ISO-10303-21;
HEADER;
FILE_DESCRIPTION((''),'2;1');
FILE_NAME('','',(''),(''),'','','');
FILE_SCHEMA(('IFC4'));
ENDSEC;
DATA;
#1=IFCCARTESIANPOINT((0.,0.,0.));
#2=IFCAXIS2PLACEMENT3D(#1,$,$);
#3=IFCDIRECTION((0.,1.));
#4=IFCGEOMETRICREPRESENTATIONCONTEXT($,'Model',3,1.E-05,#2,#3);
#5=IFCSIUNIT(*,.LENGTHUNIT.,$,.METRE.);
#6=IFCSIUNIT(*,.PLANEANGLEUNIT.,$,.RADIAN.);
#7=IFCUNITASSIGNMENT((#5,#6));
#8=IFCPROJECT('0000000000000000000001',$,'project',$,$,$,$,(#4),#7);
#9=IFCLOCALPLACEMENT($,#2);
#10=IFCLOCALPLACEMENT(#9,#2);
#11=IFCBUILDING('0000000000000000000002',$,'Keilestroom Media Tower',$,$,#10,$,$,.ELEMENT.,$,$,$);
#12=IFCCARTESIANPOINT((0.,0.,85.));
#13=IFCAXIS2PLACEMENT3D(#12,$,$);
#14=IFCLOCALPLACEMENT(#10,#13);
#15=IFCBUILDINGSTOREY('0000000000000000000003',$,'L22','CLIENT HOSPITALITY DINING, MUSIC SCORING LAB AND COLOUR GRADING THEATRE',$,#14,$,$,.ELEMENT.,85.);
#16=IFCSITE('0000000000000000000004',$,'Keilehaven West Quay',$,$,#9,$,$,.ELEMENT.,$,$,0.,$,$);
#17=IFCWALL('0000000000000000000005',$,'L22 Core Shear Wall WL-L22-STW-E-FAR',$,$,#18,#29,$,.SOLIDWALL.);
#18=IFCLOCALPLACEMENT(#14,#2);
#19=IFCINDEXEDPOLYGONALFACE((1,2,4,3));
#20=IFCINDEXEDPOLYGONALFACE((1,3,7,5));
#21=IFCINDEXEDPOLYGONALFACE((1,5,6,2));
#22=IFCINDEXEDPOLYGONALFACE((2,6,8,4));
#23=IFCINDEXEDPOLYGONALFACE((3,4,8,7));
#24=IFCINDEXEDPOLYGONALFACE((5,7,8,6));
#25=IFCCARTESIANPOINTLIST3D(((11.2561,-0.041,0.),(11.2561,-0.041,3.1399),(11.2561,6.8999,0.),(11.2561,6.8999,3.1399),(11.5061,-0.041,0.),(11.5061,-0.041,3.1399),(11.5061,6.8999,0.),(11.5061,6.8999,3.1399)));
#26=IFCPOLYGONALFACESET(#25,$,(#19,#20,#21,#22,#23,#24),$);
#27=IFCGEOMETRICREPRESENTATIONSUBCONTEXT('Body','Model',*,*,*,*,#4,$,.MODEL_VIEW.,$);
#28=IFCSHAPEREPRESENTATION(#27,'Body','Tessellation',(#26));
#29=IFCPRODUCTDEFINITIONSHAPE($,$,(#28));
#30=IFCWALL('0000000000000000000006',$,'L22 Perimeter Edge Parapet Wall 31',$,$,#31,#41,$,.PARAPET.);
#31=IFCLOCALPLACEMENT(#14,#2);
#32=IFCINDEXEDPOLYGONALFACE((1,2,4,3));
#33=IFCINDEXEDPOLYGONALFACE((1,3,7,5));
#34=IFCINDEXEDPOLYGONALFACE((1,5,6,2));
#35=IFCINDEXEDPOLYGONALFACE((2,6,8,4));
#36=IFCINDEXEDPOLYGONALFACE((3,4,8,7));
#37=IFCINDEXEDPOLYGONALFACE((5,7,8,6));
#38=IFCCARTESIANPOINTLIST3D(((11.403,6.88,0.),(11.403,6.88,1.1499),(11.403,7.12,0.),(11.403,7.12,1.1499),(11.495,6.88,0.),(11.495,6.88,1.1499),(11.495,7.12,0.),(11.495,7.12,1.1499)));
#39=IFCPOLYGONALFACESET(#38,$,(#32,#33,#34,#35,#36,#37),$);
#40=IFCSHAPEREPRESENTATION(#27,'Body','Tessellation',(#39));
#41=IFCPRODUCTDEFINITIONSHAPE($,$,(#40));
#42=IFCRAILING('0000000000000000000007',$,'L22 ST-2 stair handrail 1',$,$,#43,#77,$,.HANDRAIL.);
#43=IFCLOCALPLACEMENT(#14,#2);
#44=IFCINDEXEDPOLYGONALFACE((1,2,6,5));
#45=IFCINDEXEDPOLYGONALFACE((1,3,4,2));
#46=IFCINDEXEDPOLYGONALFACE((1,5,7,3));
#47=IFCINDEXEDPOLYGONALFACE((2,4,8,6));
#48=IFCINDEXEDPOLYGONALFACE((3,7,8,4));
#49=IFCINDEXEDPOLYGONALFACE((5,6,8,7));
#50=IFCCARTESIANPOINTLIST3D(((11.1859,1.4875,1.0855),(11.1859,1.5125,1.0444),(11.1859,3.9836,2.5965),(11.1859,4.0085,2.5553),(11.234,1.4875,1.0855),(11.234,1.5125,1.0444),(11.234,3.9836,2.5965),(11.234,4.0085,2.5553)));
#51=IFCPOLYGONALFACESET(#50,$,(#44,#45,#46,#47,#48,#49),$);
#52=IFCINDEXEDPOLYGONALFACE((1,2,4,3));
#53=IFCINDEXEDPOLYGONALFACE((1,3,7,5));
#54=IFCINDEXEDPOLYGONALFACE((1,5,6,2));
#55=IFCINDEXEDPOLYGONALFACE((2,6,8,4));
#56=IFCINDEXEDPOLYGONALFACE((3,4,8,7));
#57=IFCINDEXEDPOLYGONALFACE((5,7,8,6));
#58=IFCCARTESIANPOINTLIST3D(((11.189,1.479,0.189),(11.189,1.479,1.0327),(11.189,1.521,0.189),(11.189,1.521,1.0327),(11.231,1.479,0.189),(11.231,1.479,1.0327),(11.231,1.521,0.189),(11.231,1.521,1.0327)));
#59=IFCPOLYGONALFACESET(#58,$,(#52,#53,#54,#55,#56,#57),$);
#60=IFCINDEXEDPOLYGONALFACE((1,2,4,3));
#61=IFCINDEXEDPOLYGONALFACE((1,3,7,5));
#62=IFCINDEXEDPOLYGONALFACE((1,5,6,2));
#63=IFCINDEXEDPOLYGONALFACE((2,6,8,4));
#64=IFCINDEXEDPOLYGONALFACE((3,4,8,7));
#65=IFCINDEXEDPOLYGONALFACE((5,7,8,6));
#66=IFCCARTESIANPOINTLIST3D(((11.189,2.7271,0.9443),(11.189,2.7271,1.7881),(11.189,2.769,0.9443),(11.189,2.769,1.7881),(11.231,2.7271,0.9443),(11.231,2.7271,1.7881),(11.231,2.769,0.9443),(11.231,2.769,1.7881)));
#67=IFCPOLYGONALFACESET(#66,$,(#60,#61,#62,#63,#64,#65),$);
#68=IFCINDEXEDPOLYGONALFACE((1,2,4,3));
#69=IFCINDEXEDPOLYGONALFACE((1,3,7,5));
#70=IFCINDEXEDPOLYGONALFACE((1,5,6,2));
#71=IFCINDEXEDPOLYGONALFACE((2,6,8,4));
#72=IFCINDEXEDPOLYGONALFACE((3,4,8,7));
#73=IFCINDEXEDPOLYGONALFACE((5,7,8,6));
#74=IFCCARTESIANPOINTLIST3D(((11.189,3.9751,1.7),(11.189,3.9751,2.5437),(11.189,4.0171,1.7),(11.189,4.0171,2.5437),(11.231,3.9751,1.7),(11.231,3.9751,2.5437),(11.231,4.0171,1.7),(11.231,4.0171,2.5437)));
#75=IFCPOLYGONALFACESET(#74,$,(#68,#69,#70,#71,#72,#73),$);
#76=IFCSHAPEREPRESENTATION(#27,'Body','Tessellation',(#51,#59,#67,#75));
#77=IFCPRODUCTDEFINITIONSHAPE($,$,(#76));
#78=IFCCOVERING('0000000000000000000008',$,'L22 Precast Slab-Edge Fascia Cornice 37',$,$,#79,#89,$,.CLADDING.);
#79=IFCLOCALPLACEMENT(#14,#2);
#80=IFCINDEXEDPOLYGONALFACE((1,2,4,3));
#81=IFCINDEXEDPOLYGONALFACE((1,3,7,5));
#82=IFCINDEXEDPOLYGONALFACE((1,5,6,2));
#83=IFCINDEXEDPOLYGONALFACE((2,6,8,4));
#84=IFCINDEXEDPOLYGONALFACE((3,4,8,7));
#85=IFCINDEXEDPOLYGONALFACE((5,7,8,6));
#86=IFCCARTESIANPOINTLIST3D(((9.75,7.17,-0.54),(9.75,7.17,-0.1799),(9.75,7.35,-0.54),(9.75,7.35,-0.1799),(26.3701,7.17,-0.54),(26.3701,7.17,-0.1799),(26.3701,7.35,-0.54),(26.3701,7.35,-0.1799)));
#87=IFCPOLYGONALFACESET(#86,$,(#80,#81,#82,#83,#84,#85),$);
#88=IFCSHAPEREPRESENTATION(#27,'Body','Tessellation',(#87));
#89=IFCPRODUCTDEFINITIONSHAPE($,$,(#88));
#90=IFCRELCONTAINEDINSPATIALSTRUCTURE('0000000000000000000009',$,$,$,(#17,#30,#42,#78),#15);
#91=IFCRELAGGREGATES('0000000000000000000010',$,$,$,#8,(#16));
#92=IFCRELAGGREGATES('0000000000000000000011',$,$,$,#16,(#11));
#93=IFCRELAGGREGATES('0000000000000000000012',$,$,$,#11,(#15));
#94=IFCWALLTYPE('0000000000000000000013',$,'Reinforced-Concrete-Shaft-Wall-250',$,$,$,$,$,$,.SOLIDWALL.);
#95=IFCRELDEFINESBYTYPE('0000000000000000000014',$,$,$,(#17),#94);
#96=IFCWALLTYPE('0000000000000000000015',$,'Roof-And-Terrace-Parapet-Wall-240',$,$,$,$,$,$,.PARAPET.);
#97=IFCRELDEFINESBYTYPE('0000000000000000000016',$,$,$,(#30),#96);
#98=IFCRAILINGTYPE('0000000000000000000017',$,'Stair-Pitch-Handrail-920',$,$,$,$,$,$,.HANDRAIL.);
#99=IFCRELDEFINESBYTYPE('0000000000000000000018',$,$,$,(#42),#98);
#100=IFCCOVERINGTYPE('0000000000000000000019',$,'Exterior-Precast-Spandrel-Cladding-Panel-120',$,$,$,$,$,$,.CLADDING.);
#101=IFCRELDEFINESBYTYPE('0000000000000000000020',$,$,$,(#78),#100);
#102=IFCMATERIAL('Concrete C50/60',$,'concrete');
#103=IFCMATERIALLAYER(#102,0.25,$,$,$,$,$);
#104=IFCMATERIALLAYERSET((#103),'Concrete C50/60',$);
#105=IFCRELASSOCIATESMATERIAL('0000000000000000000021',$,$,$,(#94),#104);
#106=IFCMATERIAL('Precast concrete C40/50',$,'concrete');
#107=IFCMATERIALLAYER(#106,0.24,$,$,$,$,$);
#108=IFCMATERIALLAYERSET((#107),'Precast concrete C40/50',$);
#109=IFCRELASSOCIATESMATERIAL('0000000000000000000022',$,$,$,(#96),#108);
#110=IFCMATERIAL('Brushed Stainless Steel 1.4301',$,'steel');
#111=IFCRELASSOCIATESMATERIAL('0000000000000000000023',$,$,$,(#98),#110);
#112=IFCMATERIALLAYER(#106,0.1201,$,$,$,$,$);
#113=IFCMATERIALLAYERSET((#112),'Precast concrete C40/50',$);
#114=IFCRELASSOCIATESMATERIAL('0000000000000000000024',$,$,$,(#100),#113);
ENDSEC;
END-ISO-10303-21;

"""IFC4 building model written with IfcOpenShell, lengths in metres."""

from ifc_helpers import new_model, si_unit, direction, frame, frame_2d, origin, origin_2d, place, context, subcontext, project, spatial, rectangle, extrude, source, transform, mapped, material, layer, layer_set, type_object, element, save


model = new_model("IFC4")

# Units and contexts
model_context = context("Model", 3, precision=1e-05, world=origin(), true_north=direction((0.0, 1.0)))
body_context = subcontext(model_context, "Body", "Model", "MODEL_VIEW")
ifc_project = project(units=[si_unit("LENGTHUNIT", "METRE"), si_unit("PLANEANGLEUNIT", "RADIAN")], contexts=[model_context])

# Site, building, storey
site_placement = place(None, origin())
site = spatial("IfcSite", under=ifc_project, at=site_placement, Name="Keilehaven West Quay", CompositionType="ELEMENT", RefElevation=0.0)
building_placement = place(site_placement, origin())
building = spatial("IfcBuilding", under=site, at=building_placement, Name="Keilestroom Media Tower", CompositionType="ELEMENT")
storey_placement = place(building_placement, frame((0.0, 0.0, 85.0)))
storey = spatial("IfcBuildingStorey", under=building, at=storey_placement, Name="L22", Description="CLIENT HOSPITALITY DINING, MUSIC SCORING LAB AND COLOUR GRADING THEATRE", CompositionType="ELEMENT", Elevation=85.0)

# Shared definitions
ifc_material_1 = material(Name="Precast concrete C40/50", Category="concrete")

# Walls
ifc_material_2 = material(Name="Concrete C50/60", Category="concrete")
ifc_layer_1 = layer(ifc_material_2, 0.25)
ifc_layer_set_1 = layer_set([ifc_layer_1], Name="Concrete C50/60")
wall_type_1 = type_object("IfcWallType", Name="Reinforced-Concrete-Shaft-Wall-250", PredefinedType="SOLIDWALL", material=ifc_layer_set_1)
wall_1_placement = place(storey_placement, frame((11.3811, -0.041, 0.0), z_axis=(0.0, 0.0, 1.0), x_axis=(0.0, 1.0, 0.0)))
element("IfcWall", 1, at=wall_1_placement, inside=storey, type_object=wall_type_1, Name="L22 Core Shear Wall WL-L22-STW-E-FAR", PredefinedType="SOLIDWALL", context=body_context, shape_type="SweptSolid", body=[
    extrude(rectangle(XDim=6.9409, YDim=0.25, at=frame_2d((3.4705, 0.0))), origin(), (0.0, 0.0, 1.0), 3.1399),
])
ifc_layer_2 = layer(ifc_material_1, 0.24)
ifc_layer_set_2 = layer_set([ifc_layer_2], Name="Precast concrete C40/50")
wall_type_2 = type_object("IfcWallType", Name="Roof-And-Terrace-Parapet-Wall-240", PredefinedType="PARAPET", material=ifc_layer_set_2)
wall_2_placement = place(storey_placement, frame((11.4031, 7.0, 0.0), z_axis=(0.0, 0.0, 1.0), x_axis=(1.0, 0.0, 0.0)))
element("IfcWall", 2, at=wall_2_placement, inside=storey, type_object=wall_type_2, Name="L22 Perimeter Edge Parapet Wall 31", PredefinedType="PARAPET", context=body_context, shape_type="SweptSolid", body=[
    extrude(rectangle(XDim=0.092, YDim=0.24, at=frame_2d((0.0459, 0.0))), origin(), (0.0, 0.0, 1.0), 1.1499),
])

# Railing
ifc_material_3 = material(Name="Brushed Stainless Steel 1.4301", Category="steel")
railing_type = type_object("IfcRailingType", Name="Stair-Pitch-Handrail-920", PredefinedType="HANDRAIL", material=ifc_material_3)
railing_placement = place(storey_placement, frame((11.21, 1.5, 0.189)))
element("IfcRailing", 3, at=railing_placement, inside=storey, type_object=railing_type, Name="L22 ST-2 stair handrail 1", PredefinedType="HANDRAIL", context=body_context, shape_type="SweptSolid", body=[
    extrude(rectangle(XDim=0.0481, YDim=0.0481, at=origin_2d()), frame((0.0, 0.0, 0.876), z_axis=(0.0, 0.855471, 0.517851), x_axis=(-1.0, 0.0, 0.0)), (0.0, 0.0, 1.0), 2.9177),
    extrude(rectangle(XDim=0.042, YDim=0.042, at=origin_2d()), origin(), (0.0, 0.0, 1.0), 0.8438),
    extrude(rectangle(XDim=0.042, YDim=0.042, at=origin_2d()), frame((0.0, 1.248, 0.7554)), (0.0, 0.0, 1.0), 0.8438),
    extrude(rectangle(XDim=0.042, YDim=0.042, at=origin_2d()), frame((0.0, 2.4961, 1.511)), (0.0, 0.0, 1.0), 0.8438),
])

# Covering
ifc_layer_3 = layer(ifc_material_1, 0.1201)
ifc_layer_set_3 = layer_set([ifc_layer_3], Name="Precast concrete C40/50")
covering_type = type_object("IfcCoveringType", Name="Exterior-Precast-Spandrel-Cladding-Panel-120", PredefinedType="CLADDING", material=ifc_layer_set_3)
shared_shape_1 = source(origin(), body_context, "Body", "SweptSolid", [
    extrude(rectangle(XDim=16.6201, YDim=0.1799, at=origin_2d()), origin(), (0.0, 0.0, 1.0), 0.3601),
])
covering_placement = place(storey_placement, frame((18.0601, 7.26, -0.54), z_axis=(0.0, 0.0, 1.0), x_axis=(1.0, 0.0, 0.0)))
element("IfcCovering", 4, at=covering_placement, inside=storey, type_object=covering_type, Name="L22 Precast Slab-Edge Fascia Cornice 37", PredefinedType="CLADDING", context=body_context, shape_type="MappedRepresentation", body=[
    mapped(shared_shape_1, transform((0.0, 0.0, 0.0), x_axis=(1.0, 0.0, 0.0), y_axis=(0.0, 1.0, 0.0), z_axis=(0.0, 0.0, 1.0), scale=1.0)),
])

save(model, "model.ifc")
